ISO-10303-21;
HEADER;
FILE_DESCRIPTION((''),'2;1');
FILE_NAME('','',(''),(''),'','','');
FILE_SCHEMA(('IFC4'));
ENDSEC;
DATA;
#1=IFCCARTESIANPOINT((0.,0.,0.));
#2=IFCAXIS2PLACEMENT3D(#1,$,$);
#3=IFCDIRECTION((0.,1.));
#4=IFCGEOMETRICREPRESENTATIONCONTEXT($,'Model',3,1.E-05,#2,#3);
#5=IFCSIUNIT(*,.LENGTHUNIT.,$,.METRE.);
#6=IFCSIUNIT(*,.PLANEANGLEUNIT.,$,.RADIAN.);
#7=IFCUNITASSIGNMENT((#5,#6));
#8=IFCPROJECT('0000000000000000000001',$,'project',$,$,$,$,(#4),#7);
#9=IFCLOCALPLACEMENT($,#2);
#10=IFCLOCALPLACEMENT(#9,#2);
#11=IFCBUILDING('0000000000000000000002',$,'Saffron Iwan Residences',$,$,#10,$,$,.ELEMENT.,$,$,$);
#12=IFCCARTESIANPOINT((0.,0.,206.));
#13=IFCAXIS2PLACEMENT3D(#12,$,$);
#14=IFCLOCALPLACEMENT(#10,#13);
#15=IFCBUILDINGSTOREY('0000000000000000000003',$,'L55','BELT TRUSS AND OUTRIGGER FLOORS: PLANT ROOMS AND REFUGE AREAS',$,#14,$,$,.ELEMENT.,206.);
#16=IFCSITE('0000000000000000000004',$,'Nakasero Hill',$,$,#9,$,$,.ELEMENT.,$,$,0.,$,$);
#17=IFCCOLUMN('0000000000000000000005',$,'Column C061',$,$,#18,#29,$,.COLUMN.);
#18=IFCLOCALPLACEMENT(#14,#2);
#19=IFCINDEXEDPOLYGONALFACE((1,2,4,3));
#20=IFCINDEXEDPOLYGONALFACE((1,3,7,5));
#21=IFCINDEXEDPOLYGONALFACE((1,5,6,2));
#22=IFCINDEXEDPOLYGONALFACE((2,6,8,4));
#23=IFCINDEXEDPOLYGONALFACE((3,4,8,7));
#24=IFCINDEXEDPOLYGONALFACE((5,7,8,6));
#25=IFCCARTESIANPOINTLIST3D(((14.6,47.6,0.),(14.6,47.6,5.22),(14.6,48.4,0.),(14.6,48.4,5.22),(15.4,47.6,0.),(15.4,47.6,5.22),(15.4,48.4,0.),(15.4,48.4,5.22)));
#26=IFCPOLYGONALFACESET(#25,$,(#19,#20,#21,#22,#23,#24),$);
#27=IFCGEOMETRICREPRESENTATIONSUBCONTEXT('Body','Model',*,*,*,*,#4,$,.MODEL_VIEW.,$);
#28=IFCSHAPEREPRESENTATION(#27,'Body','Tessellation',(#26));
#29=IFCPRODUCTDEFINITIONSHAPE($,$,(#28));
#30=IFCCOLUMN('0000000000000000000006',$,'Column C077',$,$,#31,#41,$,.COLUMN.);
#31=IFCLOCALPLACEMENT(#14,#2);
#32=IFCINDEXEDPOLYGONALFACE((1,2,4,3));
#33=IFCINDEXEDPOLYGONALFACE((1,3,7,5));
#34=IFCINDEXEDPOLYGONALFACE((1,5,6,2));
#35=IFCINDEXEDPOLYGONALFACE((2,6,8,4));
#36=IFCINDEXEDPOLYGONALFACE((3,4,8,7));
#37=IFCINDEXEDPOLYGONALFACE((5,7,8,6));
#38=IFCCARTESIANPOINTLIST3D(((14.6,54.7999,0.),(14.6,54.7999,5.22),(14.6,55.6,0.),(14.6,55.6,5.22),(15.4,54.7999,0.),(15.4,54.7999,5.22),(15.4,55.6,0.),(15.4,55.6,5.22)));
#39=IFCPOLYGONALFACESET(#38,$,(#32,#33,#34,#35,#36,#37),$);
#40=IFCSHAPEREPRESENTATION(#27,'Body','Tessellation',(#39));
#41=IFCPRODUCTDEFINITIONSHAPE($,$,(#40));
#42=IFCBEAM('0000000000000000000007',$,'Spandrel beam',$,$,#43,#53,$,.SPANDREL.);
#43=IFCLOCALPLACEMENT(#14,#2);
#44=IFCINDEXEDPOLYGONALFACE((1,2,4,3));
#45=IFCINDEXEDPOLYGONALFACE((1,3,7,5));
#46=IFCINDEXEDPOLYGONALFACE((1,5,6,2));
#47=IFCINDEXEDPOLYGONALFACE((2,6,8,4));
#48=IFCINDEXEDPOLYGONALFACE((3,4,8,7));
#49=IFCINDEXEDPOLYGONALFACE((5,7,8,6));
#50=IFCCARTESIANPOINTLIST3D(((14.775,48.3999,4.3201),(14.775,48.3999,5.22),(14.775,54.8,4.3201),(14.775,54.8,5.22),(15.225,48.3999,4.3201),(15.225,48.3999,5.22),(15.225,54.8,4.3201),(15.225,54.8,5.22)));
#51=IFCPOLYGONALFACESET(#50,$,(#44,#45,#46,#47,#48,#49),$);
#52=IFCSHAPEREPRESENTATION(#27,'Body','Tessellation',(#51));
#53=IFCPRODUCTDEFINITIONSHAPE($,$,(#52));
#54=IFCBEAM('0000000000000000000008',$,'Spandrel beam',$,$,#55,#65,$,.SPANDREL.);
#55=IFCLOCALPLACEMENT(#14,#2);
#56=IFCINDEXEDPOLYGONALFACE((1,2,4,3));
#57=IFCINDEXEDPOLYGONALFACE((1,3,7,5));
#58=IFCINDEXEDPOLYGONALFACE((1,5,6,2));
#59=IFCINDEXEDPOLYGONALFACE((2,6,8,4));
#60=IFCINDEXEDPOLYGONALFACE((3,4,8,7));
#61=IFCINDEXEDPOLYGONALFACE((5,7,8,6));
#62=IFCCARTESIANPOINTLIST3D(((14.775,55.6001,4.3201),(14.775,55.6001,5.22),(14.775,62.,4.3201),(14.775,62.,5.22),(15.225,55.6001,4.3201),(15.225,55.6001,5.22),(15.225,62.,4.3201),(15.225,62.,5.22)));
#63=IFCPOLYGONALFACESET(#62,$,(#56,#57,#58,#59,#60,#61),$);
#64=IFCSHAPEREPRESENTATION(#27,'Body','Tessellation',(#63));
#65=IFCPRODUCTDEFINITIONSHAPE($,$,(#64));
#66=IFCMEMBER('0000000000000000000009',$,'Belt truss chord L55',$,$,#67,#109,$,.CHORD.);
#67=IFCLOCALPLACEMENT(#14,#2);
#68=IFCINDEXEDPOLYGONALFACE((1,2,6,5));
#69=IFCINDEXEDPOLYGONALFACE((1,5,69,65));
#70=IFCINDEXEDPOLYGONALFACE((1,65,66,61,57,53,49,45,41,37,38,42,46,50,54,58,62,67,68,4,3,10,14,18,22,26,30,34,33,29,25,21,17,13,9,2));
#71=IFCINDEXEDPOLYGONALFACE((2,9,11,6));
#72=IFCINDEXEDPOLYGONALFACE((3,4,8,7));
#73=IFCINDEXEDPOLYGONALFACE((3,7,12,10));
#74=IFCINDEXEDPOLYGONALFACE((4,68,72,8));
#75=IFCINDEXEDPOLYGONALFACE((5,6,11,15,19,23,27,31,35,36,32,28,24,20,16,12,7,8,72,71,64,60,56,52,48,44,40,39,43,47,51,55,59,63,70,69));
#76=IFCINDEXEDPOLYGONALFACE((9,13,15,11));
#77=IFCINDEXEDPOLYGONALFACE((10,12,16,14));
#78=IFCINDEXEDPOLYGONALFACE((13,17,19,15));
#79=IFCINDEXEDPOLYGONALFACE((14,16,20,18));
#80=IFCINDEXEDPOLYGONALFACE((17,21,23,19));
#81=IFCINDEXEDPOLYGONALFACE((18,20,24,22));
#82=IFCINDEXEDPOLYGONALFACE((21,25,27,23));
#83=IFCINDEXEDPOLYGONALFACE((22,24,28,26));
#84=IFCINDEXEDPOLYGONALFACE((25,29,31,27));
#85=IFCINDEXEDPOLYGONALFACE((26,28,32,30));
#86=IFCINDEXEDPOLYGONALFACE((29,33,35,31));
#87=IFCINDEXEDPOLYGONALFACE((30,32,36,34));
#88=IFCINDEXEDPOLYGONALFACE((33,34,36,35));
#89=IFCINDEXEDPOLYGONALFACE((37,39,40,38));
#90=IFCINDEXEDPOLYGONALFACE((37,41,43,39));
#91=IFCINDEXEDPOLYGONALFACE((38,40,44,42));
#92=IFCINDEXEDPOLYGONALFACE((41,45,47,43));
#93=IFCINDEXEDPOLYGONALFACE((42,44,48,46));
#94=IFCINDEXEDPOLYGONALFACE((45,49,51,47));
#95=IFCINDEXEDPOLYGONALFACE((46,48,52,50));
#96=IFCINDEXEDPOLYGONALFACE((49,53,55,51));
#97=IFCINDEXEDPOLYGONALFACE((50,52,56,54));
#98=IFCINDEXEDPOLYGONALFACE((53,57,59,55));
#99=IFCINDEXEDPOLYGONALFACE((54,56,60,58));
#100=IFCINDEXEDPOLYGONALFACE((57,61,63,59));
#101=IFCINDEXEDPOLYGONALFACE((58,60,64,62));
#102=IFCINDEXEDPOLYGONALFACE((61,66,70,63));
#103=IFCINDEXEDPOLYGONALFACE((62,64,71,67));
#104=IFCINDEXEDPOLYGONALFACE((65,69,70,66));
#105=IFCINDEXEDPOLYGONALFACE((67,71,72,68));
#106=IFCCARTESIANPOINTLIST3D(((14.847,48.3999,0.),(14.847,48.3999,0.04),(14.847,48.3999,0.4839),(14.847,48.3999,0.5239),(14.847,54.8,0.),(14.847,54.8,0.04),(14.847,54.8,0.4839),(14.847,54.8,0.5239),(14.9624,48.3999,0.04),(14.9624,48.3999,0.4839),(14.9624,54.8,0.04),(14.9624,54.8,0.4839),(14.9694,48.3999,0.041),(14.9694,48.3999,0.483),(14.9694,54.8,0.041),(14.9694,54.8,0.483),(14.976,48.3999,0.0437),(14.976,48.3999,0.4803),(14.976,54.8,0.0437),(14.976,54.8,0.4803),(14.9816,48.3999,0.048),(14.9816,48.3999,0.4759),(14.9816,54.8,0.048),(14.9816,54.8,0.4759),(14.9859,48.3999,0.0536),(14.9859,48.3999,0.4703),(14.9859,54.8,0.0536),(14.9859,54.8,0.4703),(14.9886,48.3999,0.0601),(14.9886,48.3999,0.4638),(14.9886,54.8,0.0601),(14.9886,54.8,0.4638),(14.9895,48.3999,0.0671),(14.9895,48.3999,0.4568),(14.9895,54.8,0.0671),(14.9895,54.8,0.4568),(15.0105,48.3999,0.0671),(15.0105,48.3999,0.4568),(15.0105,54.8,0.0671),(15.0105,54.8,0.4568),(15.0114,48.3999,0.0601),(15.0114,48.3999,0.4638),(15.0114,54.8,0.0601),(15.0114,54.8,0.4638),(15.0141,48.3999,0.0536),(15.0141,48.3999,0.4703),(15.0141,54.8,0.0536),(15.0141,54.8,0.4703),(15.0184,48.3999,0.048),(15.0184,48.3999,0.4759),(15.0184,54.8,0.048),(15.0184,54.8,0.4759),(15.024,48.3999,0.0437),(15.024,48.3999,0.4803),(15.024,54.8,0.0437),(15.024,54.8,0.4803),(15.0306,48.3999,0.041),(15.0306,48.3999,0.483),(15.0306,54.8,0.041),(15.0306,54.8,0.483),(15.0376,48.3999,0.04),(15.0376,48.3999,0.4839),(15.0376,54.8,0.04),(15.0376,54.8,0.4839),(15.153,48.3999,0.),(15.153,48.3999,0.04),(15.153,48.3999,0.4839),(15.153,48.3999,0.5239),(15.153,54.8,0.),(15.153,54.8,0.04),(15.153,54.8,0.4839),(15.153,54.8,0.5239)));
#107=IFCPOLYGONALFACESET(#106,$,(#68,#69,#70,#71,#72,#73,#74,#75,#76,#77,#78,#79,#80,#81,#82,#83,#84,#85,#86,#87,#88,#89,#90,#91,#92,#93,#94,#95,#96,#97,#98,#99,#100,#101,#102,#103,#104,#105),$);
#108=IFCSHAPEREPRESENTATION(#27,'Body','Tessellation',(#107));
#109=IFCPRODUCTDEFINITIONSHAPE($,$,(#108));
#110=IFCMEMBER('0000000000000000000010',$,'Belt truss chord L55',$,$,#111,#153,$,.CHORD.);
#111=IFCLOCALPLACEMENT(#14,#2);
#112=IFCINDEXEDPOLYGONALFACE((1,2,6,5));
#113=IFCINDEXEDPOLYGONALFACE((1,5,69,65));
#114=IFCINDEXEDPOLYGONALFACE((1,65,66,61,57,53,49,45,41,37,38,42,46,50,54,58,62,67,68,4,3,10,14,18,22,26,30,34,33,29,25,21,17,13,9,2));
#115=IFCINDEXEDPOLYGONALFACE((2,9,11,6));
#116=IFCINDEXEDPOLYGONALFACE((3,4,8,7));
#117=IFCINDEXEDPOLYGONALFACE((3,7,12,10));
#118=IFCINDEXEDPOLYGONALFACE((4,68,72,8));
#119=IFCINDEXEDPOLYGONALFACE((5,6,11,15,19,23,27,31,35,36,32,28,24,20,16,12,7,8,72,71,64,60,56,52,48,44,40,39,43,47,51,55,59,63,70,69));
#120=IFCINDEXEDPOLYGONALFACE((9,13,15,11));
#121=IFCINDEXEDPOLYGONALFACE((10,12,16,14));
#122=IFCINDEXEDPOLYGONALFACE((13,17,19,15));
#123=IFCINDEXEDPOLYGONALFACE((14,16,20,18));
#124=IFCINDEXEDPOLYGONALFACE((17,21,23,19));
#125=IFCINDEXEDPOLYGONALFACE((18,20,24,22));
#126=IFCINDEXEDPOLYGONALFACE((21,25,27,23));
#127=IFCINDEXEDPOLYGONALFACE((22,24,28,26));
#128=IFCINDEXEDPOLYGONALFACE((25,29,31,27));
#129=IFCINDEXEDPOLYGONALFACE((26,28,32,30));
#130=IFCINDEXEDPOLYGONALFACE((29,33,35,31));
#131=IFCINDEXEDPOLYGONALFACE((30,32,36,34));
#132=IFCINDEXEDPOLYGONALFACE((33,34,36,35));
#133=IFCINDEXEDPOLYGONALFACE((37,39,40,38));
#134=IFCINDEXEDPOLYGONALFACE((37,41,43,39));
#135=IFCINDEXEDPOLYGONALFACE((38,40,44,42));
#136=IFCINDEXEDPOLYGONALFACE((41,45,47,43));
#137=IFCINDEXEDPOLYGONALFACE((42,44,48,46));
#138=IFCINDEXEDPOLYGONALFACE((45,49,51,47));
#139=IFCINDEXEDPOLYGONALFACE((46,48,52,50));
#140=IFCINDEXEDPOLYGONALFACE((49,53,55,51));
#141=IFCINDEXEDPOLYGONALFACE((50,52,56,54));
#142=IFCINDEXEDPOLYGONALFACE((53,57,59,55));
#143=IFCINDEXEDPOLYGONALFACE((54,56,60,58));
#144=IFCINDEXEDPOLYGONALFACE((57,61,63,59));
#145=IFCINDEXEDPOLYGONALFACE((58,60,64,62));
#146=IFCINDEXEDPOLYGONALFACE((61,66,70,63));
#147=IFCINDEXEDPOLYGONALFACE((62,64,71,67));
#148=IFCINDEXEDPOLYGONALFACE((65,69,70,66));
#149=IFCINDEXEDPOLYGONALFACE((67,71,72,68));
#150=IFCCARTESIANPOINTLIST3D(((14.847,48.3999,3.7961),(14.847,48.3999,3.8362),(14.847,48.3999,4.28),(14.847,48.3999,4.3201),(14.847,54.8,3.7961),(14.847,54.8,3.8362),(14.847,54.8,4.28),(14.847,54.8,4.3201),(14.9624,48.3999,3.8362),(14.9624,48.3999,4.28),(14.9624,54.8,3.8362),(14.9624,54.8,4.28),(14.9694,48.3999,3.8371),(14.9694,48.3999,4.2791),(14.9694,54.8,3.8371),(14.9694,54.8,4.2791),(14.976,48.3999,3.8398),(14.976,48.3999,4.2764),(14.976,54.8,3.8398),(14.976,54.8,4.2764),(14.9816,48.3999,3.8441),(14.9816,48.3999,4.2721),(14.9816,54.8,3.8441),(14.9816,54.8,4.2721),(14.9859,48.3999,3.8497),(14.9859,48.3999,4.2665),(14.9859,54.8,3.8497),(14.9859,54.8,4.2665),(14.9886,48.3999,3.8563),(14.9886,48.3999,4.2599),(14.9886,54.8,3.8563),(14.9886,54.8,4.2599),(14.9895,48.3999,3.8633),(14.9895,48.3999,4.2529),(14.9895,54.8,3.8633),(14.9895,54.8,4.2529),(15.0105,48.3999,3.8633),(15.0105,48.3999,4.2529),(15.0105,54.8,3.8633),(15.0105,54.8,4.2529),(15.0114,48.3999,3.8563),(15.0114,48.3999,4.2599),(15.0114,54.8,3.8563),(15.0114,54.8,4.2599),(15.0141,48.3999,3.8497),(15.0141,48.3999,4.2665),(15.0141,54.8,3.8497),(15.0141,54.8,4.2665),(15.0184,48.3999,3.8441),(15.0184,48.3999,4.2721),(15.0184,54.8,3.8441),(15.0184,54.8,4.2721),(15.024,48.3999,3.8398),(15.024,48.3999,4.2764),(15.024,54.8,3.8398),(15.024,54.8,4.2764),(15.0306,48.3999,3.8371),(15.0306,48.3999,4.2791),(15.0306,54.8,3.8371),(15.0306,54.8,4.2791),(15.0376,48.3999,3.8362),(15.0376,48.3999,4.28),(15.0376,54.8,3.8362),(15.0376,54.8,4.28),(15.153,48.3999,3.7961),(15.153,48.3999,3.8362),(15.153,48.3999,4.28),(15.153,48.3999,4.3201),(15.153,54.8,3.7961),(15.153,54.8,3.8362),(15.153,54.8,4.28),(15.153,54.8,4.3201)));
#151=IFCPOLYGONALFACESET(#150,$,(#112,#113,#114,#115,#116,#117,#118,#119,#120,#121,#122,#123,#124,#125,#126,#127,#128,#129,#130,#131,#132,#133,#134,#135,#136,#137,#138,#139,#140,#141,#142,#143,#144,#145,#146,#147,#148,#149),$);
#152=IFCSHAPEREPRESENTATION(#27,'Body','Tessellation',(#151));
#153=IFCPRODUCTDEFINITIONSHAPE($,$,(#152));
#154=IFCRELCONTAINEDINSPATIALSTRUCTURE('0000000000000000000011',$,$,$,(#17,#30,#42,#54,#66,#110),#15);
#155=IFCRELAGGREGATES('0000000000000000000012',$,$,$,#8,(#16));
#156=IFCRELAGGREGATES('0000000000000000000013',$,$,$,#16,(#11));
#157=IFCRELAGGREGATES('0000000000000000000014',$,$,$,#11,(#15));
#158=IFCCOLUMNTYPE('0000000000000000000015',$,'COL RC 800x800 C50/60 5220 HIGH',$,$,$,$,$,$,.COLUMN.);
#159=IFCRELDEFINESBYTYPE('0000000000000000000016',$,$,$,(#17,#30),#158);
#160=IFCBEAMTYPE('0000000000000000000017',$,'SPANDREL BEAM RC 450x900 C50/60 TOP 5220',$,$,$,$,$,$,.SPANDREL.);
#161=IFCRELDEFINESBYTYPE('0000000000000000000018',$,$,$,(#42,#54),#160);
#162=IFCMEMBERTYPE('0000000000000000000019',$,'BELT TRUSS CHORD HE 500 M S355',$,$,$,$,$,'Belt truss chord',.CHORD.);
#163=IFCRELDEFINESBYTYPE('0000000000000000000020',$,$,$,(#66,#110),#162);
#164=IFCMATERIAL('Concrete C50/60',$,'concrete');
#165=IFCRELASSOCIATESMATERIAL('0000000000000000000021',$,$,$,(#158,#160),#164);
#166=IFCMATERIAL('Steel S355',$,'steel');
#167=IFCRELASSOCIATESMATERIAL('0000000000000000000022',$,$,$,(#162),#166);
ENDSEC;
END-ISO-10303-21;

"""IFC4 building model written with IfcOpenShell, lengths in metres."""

from ifc_helpers import new_model, si_unit, direction, frame, origin, origin_2d, place, context, subcontext, project, spatial, rectangle, i_section, extrude, source, transform, mapped, material, material_profile, profile_set, type_object, element, save


model = new_model("IFC4")

# Units and contexts
model_context = context("Model", 3, precision=1e-05, world=origin(), true_north=direction((0.0, 1.0)))
body_context = subcontext(model_context, "Body", "Model", "MODEL_VIEW")
ifc_project = project(units=[si_unit("LENGTHUNIT", "METRE"), si_unit("PLANEANGLEUNIT", "RADIAN")], contexts=[model_context])

# Site, building, storey
site_placement = place(None, origin())
site = spatial("IfcSite", under=ifc_project, at=site_placement, Name="Nakasero Hill", CompositionType="ELEMENT", RefElevation=0.0)
building_placement = place(site_placement, origin())
building = spatial("IfcBuilding", under=site, at=building_placement, Name="Saffron Iwan Residences", CompositionType="ELEMENT")
storey_placement = place(building_placement, frame((0.0, 0.0, 206.0)))
storey = spatial("IfcBuildingStorey", under=building, at=storey_placement, Name="L55", Description="BELT TRUSS AND OUTRIGGER FLOORS: PLANT ROOMS AND REFUGE AREAS", CompositionType="ELEMENT", Elevation=206.0)

# Columns
ifc_material_1 = material(Name="Concrete C50/60", Category="concrete")
ifc_material_profile_1 = material_profile(ifc_material_1, rectangle(XDim=0.8, YDim=0.8, at=origin_2d()), Name="RC 800x800")
ifc_profile_set_1 = profile_set([ifc_material_profile_1], Name="Concrete C50/60")
column_type = type_object("IfcColumnType", Name="COL RC 800x800 C50/60 5220 HIGH", PredefinedType="COLUMN", material=ifc_profile_set_1)
shared_shape_1 = source(origin(), body_context, "Body", "SweptSolid", [
    extrude(rectangle(XDim=0.8, YDim=0.8, at=origin_2d()), origin(), (0.0, 0.0, 1.0), 5.22),
])
for number, where, z_axis, x_axis, name in (
    (1, (15.0, 48.0, 0.0), (0.0, 0.0, 1.0), (1.0, 0.0, 0.0), "Column C061"),
    (2, (15.0, 55.2, 0.0), (0.0, 0.0, 1.0), (1.0, 0.0, 0.0), "Column C077"),
):
    element("IfcColumn", number, at=place(storey_placement, frame(where, z_axis=z_axis, x_axis=x_axis)), inside=storey, type_object=column_type, Name=name, PredefinedType="COLUMN", context=body_context, shape_type="MappedRepresentation", body=[
        mapped(shared_shape_1, transform((0.0, 0.0, 0.0))),
    ])

# Beams
ifc_material_profile_2 = material_profile(ifc_material_1, rectangle(XDim=0.45, YDim=0.8999, at=origin_2d()), Name="RC 450x900")
ifc_profile_set_2 = profile_set([ifc_material_profile_2], Name="Concrete C50/60")
beam_type = type_object("IfcBeamType", Name="SPANDREL BEAM RC 450x900 C50/60 TOP 5220", PredefinedType="SPANDREL", material=ifc_profile_set_2)
shared_shape_2 = source(origin(), body_context, "Body", "SweptSolid", [
    extrude(rectangle(XDim=0.45, YDim=0.8999, at=origin_2d()), origin(), (0.0, 0.0, 1.0), 6.4001),
])
beam_1_placement = place(storey_placement, frame((15.0, 48.3999, 4.77), z_axis=(0.0, 1.0, 0.0), x_axis=(-1.0, 0.0, 0.0)))
element("IfcBeam", 3, at=beam_1_placement, inside=storey, type_object=beam_type, Name="Spandrel beam", PredefinedType="SPANDREL", context=body_context, shape_type="MappedRepresentation", body=[
    mapped(shared_shape_2, transform((0.0, 0.0, 0.0))),
])
shared_shape_3 = source(origin(), body_context, "Body", "SweptSolid", [
    extrude(rectangle(XDim=0.45, YDim=0.8999, at=origin_2d()), origin(), (0.0, 0.0, 1.0), 6.3999),
])
beam_2_placement = place(storey_placement, frame((15.0, 55.6001, 4.77), z_axis=(0.0, 1.0, 0.0), x_axis=(-1.0, 0.0, 0.0)))
element("IfcBeam", 4, at=beam_2_placement, inside=storey, type_object=beam_type, Name="Spandrel beam", PredefinedType="SPANDREL", context=body_context, shape_type="MappedRepresentation", body=[
    mapped(shared_shape_3, transform((0.0, 0.0, 0.0))),
])

# Members
ifc_material_2 = material(Name="Steel S355", Category="steel")
ifc_material_profile_3 = material_profile(ifc_material_2, i_section(OverallWidth=0.3059, OverallDepth=0.5239, WebThickness=0.021, FlangeThickness=0.04, FilletRadius=0.0271, at=origin_2d()), Name="HE 500 M")
ifc_profile_set_3 = profile_set([ifc_material_profile_3], Name="Steel S355")
member_type_1 = type_object("IfcMemberType", Name="BELT TRUSS CHORD HE 500 M S355", ElementType="Belt truss chord", PredefinedType="CHORD", material=ifc_profile_set_3)
shared_shape_4 = source(origin(), body_context, "Body", "SweptSolid", [
    extrude(i_section(OverallWidth=0.3059, OverallDepth=0.5239, WebThickness=0.021, FlangeThickness=0.04, FilletRadius=0.0271, at=origin_2d()), origin(), (0.0, 0.0, 1.0), 6.4001),
])
for number, where, z_axis, x_axis, name in (
    (5, (15.0, 48.3999, 0.262), (0.0, 1.0, 0.0), (-1.0, 0.0, 0.0), "Belt truss chord L55"),
    (6, (15.0, 48.3999, 4.0581), (0.0, 1.0, 0.0), (-1.0, 0.0, 0.0), "Belt truss chord L55"),
):
    element("IfcMember", number, at=place(storey_placement, frame(where, z_axis=z_axis, x_axis=x_axis)), inside=storey, type_object=member_type_1, Name=name, PredefinedType="CHORD", context=body_context, shape_type="MappedRepresentation", body=[
        mapped(shared_shape_4, transform((0.0, 0.0, 0.0))),
    ])

save(model, "model.ifc")
